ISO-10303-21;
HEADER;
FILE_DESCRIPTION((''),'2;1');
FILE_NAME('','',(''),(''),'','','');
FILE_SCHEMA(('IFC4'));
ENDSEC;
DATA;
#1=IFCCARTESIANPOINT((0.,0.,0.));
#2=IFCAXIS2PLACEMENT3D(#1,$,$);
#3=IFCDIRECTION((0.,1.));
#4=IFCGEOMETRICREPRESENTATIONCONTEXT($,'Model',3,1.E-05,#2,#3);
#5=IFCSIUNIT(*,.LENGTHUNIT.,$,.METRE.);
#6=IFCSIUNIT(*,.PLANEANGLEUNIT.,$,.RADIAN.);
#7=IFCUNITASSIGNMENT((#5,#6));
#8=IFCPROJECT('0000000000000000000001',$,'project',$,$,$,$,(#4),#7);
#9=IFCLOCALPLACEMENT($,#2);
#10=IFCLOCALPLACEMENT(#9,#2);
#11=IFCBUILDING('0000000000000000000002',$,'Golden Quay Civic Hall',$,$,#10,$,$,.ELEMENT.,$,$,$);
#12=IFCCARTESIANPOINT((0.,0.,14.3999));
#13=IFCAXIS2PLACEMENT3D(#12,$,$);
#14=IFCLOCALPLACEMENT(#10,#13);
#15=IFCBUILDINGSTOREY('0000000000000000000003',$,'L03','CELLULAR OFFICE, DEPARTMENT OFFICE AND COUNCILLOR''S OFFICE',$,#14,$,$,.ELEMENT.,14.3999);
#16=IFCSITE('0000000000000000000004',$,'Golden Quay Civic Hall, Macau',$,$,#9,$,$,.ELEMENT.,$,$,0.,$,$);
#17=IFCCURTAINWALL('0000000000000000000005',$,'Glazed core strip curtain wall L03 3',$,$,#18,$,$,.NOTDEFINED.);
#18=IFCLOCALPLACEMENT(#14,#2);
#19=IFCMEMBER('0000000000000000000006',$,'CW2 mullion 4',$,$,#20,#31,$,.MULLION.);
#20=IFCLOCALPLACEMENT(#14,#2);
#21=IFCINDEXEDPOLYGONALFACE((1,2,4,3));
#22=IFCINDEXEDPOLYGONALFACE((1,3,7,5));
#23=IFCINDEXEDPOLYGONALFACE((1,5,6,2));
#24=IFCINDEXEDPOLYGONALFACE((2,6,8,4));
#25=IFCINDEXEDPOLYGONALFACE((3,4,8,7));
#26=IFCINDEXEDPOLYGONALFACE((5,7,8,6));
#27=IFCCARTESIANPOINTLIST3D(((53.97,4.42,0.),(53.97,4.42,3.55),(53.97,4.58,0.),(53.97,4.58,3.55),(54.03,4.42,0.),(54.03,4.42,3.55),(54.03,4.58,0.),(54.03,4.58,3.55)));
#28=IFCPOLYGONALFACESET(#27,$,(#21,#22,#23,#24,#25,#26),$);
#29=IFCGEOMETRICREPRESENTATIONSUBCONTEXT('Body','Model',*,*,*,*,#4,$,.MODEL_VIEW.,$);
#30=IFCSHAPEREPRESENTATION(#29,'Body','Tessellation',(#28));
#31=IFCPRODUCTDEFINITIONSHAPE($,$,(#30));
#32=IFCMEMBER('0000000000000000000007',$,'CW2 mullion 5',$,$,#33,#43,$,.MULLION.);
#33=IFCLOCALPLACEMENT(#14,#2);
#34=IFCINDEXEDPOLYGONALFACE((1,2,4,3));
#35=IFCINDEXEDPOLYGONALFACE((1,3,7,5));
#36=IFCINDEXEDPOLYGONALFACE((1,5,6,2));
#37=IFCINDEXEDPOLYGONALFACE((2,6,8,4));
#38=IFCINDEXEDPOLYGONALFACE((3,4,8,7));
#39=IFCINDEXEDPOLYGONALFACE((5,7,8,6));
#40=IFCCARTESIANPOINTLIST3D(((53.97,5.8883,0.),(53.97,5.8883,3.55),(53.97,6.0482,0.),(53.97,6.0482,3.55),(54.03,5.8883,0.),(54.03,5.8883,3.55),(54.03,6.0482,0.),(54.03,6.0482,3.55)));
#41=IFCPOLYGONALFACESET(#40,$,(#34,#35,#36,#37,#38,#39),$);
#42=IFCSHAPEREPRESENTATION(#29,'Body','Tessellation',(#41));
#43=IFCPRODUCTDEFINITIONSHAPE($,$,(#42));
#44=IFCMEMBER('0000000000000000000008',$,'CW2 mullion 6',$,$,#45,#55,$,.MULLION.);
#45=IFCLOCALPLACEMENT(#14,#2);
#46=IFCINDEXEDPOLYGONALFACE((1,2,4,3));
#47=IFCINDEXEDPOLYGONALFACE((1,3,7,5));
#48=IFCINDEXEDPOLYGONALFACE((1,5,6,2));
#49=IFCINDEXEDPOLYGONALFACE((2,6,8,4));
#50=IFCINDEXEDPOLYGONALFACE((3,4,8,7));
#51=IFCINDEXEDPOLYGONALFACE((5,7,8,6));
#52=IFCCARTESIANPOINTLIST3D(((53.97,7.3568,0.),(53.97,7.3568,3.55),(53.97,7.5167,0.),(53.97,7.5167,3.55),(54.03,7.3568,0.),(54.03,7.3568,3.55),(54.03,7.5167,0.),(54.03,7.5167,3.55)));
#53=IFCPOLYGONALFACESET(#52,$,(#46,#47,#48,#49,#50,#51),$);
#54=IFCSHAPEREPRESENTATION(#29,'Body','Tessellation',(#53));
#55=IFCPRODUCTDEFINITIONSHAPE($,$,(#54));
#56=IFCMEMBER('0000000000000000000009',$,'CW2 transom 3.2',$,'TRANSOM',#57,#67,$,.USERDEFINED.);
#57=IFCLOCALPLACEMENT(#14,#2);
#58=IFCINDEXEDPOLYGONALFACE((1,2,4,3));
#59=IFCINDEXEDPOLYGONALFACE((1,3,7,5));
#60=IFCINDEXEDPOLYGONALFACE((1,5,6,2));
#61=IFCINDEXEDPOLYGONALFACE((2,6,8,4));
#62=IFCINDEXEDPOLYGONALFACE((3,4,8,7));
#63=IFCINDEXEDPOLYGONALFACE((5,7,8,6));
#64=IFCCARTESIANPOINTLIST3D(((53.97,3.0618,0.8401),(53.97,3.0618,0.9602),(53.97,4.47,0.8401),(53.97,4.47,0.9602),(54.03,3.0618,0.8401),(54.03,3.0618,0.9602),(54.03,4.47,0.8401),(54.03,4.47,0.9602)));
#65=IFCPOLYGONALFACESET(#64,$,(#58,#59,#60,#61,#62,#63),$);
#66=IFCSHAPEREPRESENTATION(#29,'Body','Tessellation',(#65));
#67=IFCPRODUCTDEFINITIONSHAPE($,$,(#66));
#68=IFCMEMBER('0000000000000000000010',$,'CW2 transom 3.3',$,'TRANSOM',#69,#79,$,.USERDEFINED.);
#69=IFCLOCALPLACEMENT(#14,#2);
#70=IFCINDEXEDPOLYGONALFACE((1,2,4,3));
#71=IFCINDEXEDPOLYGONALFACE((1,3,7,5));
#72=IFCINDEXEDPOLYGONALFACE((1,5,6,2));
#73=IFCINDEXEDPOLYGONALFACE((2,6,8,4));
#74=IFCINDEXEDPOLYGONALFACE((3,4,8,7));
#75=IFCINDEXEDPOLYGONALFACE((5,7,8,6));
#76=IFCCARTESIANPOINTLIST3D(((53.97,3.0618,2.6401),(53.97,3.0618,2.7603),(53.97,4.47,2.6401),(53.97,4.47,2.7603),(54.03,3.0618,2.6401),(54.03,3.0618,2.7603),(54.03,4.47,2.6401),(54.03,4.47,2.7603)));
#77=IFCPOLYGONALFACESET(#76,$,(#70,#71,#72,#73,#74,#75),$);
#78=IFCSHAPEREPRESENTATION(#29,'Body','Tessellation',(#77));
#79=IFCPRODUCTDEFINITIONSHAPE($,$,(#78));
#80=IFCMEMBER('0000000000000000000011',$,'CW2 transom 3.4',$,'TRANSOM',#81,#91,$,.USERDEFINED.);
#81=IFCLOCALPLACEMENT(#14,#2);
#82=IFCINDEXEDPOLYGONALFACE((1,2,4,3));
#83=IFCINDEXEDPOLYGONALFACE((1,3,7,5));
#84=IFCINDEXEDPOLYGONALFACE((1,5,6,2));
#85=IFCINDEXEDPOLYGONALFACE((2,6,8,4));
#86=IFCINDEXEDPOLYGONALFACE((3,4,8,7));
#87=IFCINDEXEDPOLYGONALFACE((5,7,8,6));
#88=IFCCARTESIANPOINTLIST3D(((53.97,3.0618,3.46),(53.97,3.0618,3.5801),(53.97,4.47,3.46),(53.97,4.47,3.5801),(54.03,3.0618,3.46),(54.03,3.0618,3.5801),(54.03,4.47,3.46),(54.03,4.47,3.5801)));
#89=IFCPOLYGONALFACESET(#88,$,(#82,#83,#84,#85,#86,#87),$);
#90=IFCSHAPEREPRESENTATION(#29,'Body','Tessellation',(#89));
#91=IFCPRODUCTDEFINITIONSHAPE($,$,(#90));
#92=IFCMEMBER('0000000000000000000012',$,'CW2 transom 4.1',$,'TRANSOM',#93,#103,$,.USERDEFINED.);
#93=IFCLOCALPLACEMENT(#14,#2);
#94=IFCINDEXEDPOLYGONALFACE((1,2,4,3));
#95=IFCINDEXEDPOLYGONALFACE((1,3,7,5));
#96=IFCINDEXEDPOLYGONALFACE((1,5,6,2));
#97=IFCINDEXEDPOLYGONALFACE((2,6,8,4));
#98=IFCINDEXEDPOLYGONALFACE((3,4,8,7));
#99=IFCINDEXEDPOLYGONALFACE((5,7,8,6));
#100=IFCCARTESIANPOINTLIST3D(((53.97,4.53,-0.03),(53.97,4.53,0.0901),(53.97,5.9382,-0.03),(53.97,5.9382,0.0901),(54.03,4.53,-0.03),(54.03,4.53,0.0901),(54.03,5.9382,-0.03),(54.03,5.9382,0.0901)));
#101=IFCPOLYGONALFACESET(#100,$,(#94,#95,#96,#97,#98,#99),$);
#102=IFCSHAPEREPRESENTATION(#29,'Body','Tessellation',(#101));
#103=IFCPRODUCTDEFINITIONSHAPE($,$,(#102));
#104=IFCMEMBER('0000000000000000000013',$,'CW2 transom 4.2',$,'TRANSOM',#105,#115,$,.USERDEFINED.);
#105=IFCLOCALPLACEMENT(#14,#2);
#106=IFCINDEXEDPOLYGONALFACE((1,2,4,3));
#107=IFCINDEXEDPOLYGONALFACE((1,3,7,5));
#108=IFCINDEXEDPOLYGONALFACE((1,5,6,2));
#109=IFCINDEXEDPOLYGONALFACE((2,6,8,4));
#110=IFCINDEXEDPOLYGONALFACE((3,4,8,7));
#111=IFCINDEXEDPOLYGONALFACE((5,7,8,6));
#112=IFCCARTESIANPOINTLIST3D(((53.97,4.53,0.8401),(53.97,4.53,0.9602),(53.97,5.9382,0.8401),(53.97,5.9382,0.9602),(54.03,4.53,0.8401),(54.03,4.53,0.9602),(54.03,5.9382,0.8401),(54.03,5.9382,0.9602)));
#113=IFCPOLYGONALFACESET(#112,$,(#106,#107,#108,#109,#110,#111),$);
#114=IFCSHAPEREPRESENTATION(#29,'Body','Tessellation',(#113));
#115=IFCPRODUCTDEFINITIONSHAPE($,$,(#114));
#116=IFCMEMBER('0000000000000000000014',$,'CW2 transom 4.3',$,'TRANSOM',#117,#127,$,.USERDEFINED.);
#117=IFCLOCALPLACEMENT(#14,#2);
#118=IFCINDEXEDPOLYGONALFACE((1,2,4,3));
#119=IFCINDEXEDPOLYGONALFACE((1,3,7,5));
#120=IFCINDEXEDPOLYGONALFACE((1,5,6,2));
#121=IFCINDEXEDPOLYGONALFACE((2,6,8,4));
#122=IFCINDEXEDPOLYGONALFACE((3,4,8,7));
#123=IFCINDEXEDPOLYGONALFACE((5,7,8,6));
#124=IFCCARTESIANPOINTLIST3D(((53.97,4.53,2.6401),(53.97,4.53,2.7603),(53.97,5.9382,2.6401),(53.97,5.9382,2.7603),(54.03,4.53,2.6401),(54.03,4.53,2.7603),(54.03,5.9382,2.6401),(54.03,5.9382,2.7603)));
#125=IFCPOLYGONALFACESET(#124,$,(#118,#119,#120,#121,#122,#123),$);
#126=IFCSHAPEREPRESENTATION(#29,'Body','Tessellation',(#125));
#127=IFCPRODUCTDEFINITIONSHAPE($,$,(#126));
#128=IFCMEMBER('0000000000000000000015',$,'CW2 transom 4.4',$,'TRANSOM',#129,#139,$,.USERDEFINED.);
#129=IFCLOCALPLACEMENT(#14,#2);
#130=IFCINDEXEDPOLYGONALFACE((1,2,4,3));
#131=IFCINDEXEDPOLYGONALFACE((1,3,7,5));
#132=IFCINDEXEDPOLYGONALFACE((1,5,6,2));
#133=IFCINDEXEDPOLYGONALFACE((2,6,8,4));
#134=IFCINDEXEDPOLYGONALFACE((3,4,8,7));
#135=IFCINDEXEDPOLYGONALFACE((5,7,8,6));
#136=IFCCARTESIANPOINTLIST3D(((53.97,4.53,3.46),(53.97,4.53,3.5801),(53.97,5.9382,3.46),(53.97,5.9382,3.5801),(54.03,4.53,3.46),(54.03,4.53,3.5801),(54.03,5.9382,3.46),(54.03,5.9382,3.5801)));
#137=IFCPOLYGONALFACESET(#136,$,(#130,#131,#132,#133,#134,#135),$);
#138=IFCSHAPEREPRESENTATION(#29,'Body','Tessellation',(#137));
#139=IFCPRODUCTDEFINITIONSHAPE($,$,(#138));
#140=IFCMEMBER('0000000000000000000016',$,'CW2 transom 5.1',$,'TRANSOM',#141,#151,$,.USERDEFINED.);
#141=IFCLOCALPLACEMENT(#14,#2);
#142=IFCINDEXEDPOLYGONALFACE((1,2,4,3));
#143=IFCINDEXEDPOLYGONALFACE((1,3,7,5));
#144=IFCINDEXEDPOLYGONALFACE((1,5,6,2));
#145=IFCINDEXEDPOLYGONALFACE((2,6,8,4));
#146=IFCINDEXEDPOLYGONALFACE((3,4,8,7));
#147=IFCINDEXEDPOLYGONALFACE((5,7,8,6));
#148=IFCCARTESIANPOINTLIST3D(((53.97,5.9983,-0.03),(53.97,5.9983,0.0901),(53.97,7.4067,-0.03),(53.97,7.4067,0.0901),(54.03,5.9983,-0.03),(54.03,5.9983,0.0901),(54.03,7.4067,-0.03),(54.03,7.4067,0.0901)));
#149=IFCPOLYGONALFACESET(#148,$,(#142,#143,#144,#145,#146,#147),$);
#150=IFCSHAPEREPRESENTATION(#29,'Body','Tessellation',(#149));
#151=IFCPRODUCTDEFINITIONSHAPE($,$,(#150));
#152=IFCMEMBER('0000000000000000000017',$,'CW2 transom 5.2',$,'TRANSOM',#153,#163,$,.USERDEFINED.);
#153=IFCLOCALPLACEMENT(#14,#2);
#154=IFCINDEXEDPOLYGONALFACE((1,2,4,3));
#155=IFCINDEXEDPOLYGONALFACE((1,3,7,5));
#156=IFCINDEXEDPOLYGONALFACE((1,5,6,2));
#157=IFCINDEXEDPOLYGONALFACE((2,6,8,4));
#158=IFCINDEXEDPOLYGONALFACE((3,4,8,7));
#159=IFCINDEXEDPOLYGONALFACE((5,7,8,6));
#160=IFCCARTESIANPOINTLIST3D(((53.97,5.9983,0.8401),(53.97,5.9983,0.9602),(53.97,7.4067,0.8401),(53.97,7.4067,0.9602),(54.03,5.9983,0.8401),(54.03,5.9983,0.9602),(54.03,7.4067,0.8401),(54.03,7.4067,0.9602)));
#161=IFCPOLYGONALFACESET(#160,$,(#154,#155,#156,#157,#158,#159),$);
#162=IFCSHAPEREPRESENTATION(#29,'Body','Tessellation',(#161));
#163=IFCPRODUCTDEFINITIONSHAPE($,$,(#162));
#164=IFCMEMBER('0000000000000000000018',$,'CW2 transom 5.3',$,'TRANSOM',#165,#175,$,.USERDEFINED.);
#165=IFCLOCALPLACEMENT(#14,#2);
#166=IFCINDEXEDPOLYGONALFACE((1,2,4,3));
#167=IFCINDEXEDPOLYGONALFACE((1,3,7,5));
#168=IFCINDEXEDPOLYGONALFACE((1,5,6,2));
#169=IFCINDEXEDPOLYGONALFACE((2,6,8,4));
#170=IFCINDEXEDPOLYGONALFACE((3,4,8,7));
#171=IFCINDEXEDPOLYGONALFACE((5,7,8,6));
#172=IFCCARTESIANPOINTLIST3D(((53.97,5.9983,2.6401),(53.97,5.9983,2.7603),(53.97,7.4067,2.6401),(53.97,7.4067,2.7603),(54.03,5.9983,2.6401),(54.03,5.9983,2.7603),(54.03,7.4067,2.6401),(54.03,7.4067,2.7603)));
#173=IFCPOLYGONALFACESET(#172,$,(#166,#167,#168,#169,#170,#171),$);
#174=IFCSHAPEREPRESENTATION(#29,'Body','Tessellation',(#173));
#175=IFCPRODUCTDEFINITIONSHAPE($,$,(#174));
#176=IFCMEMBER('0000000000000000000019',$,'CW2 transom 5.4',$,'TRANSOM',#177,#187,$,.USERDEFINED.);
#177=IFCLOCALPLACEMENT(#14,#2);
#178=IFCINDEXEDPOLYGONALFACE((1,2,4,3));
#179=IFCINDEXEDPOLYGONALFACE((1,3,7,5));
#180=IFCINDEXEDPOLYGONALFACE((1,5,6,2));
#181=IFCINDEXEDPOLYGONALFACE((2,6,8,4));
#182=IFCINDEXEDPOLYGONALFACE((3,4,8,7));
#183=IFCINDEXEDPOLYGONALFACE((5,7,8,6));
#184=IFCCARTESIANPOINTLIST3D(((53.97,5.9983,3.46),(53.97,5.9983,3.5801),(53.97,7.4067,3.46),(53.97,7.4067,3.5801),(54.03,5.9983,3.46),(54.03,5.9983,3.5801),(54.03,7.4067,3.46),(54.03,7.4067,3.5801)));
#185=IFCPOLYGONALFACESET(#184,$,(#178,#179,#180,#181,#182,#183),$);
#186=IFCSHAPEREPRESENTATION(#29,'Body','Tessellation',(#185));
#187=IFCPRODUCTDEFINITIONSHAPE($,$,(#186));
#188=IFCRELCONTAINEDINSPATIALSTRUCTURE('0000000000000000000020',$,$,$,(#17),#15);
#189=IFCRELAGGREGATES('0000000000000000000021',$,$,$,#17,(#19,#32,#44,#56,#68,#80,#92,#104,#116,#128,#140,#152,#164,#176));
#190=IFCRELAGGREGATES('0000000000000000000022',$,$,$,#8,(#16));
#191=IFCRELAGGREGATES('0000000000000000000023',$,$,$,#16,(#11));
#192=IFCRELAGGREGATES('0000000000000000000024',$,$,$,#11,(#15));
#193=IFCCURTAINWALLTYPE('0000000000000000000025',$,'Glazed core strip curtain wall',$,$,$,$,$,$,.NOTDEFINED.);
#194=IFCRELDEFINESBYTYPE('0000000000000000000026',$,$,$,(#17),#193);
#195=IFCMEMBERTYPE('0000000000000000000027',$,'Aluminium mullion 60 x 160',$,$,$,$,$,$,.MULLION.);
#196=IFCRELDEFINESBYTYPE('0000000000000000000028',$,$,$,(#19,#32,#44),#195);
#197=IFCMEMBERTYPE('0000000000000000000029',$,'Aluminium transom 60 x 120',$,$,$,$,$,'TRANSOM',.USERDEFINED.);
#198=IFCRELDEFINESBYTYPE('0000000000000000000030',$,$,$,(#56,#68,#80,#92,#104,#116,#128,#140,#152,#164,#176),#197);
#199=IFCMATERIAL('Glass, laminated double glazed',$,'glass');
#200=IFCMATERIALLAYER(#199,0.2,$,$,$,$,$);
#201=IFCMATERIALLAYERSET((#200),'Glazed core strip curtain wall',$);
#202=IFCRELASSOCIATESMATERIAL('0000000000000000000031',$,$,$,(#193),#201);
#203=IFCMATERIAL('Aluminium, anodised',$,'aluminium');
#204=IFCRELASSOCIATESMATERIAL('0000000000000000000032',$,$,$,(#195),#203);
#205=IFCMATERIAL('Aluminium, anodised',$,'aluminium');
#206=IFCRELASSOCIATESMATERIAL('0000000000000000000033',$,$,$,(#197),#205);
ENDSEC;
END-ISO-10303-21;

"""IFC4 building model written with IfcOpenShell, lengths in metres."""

from ifc_helpers import new_model, si_unit, direction, frame, origin, origin_2d, place, context, subcontext, project, spatial, rectangle, extrude, material, layer, layer_set, material_profile, profile_set, type_object, element, aggregate, save


model = new_model("IFC4")

# Units and contexts
model_context = context("Model", 3, precision=1e-05, world=origin(), true_north=direction((0.0, 1.0)))
body_context = subcontext(model_context, "Body", "Model", "MODEL_VIEW")
ifc_project = project(units=[si_unit("LENGTHUNIT", "METRE"), si_unit("PLANEANGLEUNIT", "RADIAN")], contexts=[model_context])

# Site, building, storey
site_placement = place(None, origin())
site = spatial("IfcSite", under=ifc_project, at=site_placement, Name="Golden Quay Civic Hall, Macau", CompositionType="ELEMENT", RefElevation=0.0)
building_placement = place(site_placement, origin())
building = spatial("IfcBuilding", under=site, at=building_placement, Name="Golden Quay Civic Hall", CompositionType="ELEMENT")
storey_placement = place(building_placement, frame((0.0, 0.0, 14.3999)))
storey = spatial("IfcBuildingStorey", under=building, at=storey_placement, Name="L03", Description="CELLULAR OFFICE, DEPARTMENT OFFICE AND COUNCILLOR'S OFFICE", CompositionType="ELEMENT", Elevation=14.3999)

# Curtain wall, members
ifc_material_1 = material(Name="Glass, laminated double glazed", Category="glass")
ifc_layer_1 = layer(ifc_material_1, 0.2)
ifc_layer_set_1 = layer_set([ifc_layer_1], Name="Glazed core strip curtain wall")
curtain_wall_type = type_object("IfcCurtainWallType", Name="Glazed core strip curtain wall", PredefinedType="NOTDEFINED", material=ifc_layer_set_1)
curtain_wall_placement = place(storey_placement, origin())
curtain_wall = element("IfcCurtainWall", 1, at=curtain_wall_placement, inside=storey, type_object=curtain_wall_type, Name="Glazed core strip curtain wall L03 3", PredefinedType="NOTDEFINED")
ifc_material_2 = material(Name="Aluminium, anodised", Category="aluminium")
ifc_material_profile_1 = material_profile(ifc_material_2, rectangle(XDim=0.0601, YDim=0.1599, at=origin_2d()), Name="Aluminium 60 x 160")
ifc_profile_set_1 = profile_set([ifc_material_profile_1], Name="Aluminium, anodised")
member_type_1 = type_object("IfcMemberType", Name="Aluminium mullion 60 x 160", PredefinedType="MULLION", material=ifc_profile_set_1)
member_1_placement = place(storey_placement, frame((54.0, 4.5, 0.0), z_axis=(0.0, 0.0, 1.0), x_axis=(-1.0, 0.0, 0.0)))
member_1 = element("IfcMember", 2, at=member_1_placement, type_object=member_type_1, Name="CW2 mullion 4", PredefinedType="MULLION", context=body_context, shape_type="SweptSolid", body=[
    extrude(rectangle(XDim=0.0601, YDim=0.1599, at=origin_2d()), origin(), (0.0, 0.0, 1.0), 3.55),
])
member_2_placement = place(storey_placement, frame((54.0, 5.9683, 0.0), z_axis=(0.0, 0.0, 1.0), x_axis=(-1.0, 0.0, 0.0)))
member_2 = element("IfcMember", 3, at=member_2_placement, type_object=member_type_1, Name="CW2 mullion 5", PredefinedType="MULLION", context=body_context, shape_type="SweptSolid", body=[
    extrude(rectangle(XDim=0.0601, YDim=0.1599, at=origin_2d()), origin(), (0.0, 0.0, 1.0), 3.55),
])
member_3_placement = place(storey_placement, frame((54.0, 7.4368, 0.0), z_axis=(0.0, 0.0, 1.0), x_axis=(-1.0, 0.0, 0.0)))
member_3 = element("IfcMember", 4, at=member_3_placement, type_object=member_type_1, Name="CW2 mullion 6", PredefinedType="MULLION", context=body_context, shape_type="SweptSolid", body=[
    extrude(rectangle(XDim=0.0601, YDim=0.1599, at=origin_2d()), origin(), (0.0, 0.0, 1.0), 3.55),
])
ifc_material_3 = material(Name="Aluminium, anodised", Category="aluminium")
ifc_material_profile_2 = material_profile(ifc_material_3, rectangle(XDim=0.0601, YDim=0.1201, at=origin_2d()), Name="Aluminium 60 x 120")
ifc_profile_set_2 = profile_set([ifc_material_profile_2], Name="Aluminium, anodised")
member_type_2 = type_object("IfcMemberType", Name="Aluminium transom 60 x 120", ElementType="TRANSOM", PredefinedType="USERDEFINED", material=ifc_profile_set_2)
member_4_placement = place(storey_placement, frame((54.0, 3.0618, 0.9001), z_axis=(0.0, 1.0, 0.0), x_axis=(-1.0, 0.0, 0.0)))
member_4 = element("IfcMember", 5, at=member_4_placement, type_object=member_type_2, Name="CW2 transom 3.2", ObjectType="TRANSOM", PredefinedType="USERDEFINED", context=body_context, shape_type="SweptSolid", body=[
    extrude(rectangle(XDim=0.0601, YDim=0.1201, at=origin_2d()), origin(), (0.0, 0.0, 1.0), 1.4082),
])
member_5_placement = place(storey_placement, frame((54.0, 3.0618, 2.7002), z_axis=(0.0, 1.0, 0.0), x_axis=(-1.0, 0.0, 0.0)))
member_5 = element("IfcMember", 6, at=member_5_placement, type_object=member_type_2, Name="CW2 transom 3.3", ObjectType="TRANSOM", PredefinedType="USERDEFINED", context=body_context, shape_type="SweptSolid", body=[
    extrude(rectangle(XDim=0.0601, YDim=0.1201, at=origin_2d()), origin(), (0.0, 0.0, 1.0), 1.4082),
])
member_6_placement = place(storey_placement, frame((54.0, 3.0618, 3.52), z_axis=(0.0, 1.0, 0.0), x_axis=(-1.0, 0.0, 0.0)))
member_6 = element("IfcMember", 7, at=member_6_placement, type_object=member_type_2, Name="CW2 transom 3.4", ObjectType="TRANSOM", PredefinedType="USERDEFINED", context=body_context, shape_type="SweptSolid", body=[
    extrude(rectangle(XDim=0.0601, YDim=0.1201, at=origin_2d()), origin(), (0.0, 0.0, 1.0), 1.4082),
])
member_7_placement = place(storey_placement, frame((54.0, 4.53, 0.03), z_axis=(0.0, 1.0, 0.0), x_axis=(-1.0, 0.0, 0.0)))
member_7 = element("IfcMember", 8, at=member_7_placement, type_object=member_type_2, Name="CW2 transom 4.1", ObjectType="TRANSOM", PredefinedType="USERDEFINED", context=body_context, shape_type="SweptSolid", body=[
    extrude(rectangle(XDim=0.0601, YDim=0.1201, at=origin_2d()), origin(), (0.0, 0.0, 1.0), 1.4082),
])
member_8_placement = place(storey_placement, frame((54.0, 4.53, 0.9001), z_axis=(0.0, 1.0, 0.0), x_axis=(-1.0, 0.0, 0.0)))
member_8 = element("IfcMember", 9, at=member_8_placement, type_object=member_type_2, Name="CW2 transom 4.2", ObjectType="TRANSOM", PredefinedType="USERDEFINED", context=body_context, shape_type="SweptSolid", body=[
    extrude(rectangle(XDim=0.0601, YDim=0.1201, at=origin_2d()), origin(), (0.0, 0.0, 1.0), 1.4082),
])
member_9_placement = place(storey_placement, frame((54.0, 4.53, 2.7002), z_axis=(0.0, 1.0, 0.0), x_axis=(-1.0, 0.0, 0.0)))
member_9 = element("IfcMember", 10, at=member_9_placement, type_object=member_type_2, Name="CW2 transom 4.3", ObjectType="TRANSOM", PredefinedType="USERDEFINED", context=body_context, shape_type="SweptSolid", body=[
    extrude(rectangle(XDim=0.0601, YDim=0.1201, at=origin_2d()), origin(), (0.0, 0.0, 1.0), 1.4082),
])
member_10_placement = place(storey_placement, frame((54.0, 4.53, 3.52), z_axis=(0.0, 1.0, 0.0), x_axis=(-1.0, 0.0, 0.0)))
member_10 = element("IfcMember", 11, at=member_10_placement, type_object=member_type_2, Name="CW2 transom 4.4", ObjectType="TRANSOM", PredefinedType="USERDEFINED", context=body_context, shape_type="SweptSolid", body=[
    extrude(rectangle(XDim=0.0601, YDim=0.1201, at=origin_2d()), origin(), (0.0, 0.0, 1.0), 1.4082),
])
member_11_placement = place(storey_placement, frame((54.0, 5.9983, 0.03), z_axis=(0.0, 1.0, 0.0), x_axis=(-1.0, 0.0, 0.0)))
member_11 = element("IfcMember", 12, at=member_11_placement, type_object=member_type_2, Name="CW2 transom 5.1", ObjectType="TRANSOM", PredefinedType="USERDEFINED", context=body_context, shape_type="SweptSolid", body=[
    extrude(rectangle(XDim=0.0601, YDim=0.1201, at=origin_2d()), origin(), (0.0, 0.0, 1.0), 1.4084),
])
member_12_placement = place(storey_placement, frame((54.0, 5.9983, 0.9001), z_axis=(0.0, 1.0, 0.0), x_axis=(-1.0, 0.0, 0.0)))
member_12 = element("IfcMember", 13, at=member_12_placement, type_object=member_type_2, Name="CW2 transom 5.2", ObjectType="TRANSOM", PredefinedType="USERDEFINED", context=body_context, shape_type="SweptSolid", body=[
    extrude(rectangle(XDim=0.0601, YDim=0.1201, at=origin_2d()), origin(), (0.0, 0.0, 1.0), 1.4084),
])
member_13_placement = place(storey_placement, frame((54.0, 5.9983, 2.7002), z_axis=(0.0, 1.0, 0.0), x_axis=(-1.0, 0.0, 0.0)))
member_13 = element("IfcMember", 14, at=member_13_placement, type_object=member_type_2, Name="CW2 transom 5.3", ObjectType="TRANSOM", PredefinedType="USERDEFINED", context=body_context, shape_type="SweptSolid", body=[
    extrude(rectangle(XDim=0.0601, YDim=0.1201, at=origin_2d()), origin(), (0.0, 0.0, 1.0), 1.4084),
])
member_14_placement = place(storey_placement, frame((54.0, 5.9983, 3.52), z_axis=(0.0, 1.0, 0.0), x_axis=(-1.0, 0.0, 0.0)))
member_14 = element("IfcMember", 15, at=member_14_placement, type_object=member_type_2, Name="CW2 transom 5.4", ObjectType="TRANSOM", PredefinedType="USERDEFINED", context=body_context, shape_type="SweptSolid", body=[
    extrude(rectangle(XDim=0.0601, YDim=0.1201, at=origin_2d()), origin(), (0.0, 0.0, 1.0), 1.4084),
])

aggregate(curtain_wall, [member_1, member_2, member_3, member_4, member_5, member_6, member_7, member_8, member_9, member_10, member_11, member_12, member_13, member_14])

save(model, "model.ifc")
